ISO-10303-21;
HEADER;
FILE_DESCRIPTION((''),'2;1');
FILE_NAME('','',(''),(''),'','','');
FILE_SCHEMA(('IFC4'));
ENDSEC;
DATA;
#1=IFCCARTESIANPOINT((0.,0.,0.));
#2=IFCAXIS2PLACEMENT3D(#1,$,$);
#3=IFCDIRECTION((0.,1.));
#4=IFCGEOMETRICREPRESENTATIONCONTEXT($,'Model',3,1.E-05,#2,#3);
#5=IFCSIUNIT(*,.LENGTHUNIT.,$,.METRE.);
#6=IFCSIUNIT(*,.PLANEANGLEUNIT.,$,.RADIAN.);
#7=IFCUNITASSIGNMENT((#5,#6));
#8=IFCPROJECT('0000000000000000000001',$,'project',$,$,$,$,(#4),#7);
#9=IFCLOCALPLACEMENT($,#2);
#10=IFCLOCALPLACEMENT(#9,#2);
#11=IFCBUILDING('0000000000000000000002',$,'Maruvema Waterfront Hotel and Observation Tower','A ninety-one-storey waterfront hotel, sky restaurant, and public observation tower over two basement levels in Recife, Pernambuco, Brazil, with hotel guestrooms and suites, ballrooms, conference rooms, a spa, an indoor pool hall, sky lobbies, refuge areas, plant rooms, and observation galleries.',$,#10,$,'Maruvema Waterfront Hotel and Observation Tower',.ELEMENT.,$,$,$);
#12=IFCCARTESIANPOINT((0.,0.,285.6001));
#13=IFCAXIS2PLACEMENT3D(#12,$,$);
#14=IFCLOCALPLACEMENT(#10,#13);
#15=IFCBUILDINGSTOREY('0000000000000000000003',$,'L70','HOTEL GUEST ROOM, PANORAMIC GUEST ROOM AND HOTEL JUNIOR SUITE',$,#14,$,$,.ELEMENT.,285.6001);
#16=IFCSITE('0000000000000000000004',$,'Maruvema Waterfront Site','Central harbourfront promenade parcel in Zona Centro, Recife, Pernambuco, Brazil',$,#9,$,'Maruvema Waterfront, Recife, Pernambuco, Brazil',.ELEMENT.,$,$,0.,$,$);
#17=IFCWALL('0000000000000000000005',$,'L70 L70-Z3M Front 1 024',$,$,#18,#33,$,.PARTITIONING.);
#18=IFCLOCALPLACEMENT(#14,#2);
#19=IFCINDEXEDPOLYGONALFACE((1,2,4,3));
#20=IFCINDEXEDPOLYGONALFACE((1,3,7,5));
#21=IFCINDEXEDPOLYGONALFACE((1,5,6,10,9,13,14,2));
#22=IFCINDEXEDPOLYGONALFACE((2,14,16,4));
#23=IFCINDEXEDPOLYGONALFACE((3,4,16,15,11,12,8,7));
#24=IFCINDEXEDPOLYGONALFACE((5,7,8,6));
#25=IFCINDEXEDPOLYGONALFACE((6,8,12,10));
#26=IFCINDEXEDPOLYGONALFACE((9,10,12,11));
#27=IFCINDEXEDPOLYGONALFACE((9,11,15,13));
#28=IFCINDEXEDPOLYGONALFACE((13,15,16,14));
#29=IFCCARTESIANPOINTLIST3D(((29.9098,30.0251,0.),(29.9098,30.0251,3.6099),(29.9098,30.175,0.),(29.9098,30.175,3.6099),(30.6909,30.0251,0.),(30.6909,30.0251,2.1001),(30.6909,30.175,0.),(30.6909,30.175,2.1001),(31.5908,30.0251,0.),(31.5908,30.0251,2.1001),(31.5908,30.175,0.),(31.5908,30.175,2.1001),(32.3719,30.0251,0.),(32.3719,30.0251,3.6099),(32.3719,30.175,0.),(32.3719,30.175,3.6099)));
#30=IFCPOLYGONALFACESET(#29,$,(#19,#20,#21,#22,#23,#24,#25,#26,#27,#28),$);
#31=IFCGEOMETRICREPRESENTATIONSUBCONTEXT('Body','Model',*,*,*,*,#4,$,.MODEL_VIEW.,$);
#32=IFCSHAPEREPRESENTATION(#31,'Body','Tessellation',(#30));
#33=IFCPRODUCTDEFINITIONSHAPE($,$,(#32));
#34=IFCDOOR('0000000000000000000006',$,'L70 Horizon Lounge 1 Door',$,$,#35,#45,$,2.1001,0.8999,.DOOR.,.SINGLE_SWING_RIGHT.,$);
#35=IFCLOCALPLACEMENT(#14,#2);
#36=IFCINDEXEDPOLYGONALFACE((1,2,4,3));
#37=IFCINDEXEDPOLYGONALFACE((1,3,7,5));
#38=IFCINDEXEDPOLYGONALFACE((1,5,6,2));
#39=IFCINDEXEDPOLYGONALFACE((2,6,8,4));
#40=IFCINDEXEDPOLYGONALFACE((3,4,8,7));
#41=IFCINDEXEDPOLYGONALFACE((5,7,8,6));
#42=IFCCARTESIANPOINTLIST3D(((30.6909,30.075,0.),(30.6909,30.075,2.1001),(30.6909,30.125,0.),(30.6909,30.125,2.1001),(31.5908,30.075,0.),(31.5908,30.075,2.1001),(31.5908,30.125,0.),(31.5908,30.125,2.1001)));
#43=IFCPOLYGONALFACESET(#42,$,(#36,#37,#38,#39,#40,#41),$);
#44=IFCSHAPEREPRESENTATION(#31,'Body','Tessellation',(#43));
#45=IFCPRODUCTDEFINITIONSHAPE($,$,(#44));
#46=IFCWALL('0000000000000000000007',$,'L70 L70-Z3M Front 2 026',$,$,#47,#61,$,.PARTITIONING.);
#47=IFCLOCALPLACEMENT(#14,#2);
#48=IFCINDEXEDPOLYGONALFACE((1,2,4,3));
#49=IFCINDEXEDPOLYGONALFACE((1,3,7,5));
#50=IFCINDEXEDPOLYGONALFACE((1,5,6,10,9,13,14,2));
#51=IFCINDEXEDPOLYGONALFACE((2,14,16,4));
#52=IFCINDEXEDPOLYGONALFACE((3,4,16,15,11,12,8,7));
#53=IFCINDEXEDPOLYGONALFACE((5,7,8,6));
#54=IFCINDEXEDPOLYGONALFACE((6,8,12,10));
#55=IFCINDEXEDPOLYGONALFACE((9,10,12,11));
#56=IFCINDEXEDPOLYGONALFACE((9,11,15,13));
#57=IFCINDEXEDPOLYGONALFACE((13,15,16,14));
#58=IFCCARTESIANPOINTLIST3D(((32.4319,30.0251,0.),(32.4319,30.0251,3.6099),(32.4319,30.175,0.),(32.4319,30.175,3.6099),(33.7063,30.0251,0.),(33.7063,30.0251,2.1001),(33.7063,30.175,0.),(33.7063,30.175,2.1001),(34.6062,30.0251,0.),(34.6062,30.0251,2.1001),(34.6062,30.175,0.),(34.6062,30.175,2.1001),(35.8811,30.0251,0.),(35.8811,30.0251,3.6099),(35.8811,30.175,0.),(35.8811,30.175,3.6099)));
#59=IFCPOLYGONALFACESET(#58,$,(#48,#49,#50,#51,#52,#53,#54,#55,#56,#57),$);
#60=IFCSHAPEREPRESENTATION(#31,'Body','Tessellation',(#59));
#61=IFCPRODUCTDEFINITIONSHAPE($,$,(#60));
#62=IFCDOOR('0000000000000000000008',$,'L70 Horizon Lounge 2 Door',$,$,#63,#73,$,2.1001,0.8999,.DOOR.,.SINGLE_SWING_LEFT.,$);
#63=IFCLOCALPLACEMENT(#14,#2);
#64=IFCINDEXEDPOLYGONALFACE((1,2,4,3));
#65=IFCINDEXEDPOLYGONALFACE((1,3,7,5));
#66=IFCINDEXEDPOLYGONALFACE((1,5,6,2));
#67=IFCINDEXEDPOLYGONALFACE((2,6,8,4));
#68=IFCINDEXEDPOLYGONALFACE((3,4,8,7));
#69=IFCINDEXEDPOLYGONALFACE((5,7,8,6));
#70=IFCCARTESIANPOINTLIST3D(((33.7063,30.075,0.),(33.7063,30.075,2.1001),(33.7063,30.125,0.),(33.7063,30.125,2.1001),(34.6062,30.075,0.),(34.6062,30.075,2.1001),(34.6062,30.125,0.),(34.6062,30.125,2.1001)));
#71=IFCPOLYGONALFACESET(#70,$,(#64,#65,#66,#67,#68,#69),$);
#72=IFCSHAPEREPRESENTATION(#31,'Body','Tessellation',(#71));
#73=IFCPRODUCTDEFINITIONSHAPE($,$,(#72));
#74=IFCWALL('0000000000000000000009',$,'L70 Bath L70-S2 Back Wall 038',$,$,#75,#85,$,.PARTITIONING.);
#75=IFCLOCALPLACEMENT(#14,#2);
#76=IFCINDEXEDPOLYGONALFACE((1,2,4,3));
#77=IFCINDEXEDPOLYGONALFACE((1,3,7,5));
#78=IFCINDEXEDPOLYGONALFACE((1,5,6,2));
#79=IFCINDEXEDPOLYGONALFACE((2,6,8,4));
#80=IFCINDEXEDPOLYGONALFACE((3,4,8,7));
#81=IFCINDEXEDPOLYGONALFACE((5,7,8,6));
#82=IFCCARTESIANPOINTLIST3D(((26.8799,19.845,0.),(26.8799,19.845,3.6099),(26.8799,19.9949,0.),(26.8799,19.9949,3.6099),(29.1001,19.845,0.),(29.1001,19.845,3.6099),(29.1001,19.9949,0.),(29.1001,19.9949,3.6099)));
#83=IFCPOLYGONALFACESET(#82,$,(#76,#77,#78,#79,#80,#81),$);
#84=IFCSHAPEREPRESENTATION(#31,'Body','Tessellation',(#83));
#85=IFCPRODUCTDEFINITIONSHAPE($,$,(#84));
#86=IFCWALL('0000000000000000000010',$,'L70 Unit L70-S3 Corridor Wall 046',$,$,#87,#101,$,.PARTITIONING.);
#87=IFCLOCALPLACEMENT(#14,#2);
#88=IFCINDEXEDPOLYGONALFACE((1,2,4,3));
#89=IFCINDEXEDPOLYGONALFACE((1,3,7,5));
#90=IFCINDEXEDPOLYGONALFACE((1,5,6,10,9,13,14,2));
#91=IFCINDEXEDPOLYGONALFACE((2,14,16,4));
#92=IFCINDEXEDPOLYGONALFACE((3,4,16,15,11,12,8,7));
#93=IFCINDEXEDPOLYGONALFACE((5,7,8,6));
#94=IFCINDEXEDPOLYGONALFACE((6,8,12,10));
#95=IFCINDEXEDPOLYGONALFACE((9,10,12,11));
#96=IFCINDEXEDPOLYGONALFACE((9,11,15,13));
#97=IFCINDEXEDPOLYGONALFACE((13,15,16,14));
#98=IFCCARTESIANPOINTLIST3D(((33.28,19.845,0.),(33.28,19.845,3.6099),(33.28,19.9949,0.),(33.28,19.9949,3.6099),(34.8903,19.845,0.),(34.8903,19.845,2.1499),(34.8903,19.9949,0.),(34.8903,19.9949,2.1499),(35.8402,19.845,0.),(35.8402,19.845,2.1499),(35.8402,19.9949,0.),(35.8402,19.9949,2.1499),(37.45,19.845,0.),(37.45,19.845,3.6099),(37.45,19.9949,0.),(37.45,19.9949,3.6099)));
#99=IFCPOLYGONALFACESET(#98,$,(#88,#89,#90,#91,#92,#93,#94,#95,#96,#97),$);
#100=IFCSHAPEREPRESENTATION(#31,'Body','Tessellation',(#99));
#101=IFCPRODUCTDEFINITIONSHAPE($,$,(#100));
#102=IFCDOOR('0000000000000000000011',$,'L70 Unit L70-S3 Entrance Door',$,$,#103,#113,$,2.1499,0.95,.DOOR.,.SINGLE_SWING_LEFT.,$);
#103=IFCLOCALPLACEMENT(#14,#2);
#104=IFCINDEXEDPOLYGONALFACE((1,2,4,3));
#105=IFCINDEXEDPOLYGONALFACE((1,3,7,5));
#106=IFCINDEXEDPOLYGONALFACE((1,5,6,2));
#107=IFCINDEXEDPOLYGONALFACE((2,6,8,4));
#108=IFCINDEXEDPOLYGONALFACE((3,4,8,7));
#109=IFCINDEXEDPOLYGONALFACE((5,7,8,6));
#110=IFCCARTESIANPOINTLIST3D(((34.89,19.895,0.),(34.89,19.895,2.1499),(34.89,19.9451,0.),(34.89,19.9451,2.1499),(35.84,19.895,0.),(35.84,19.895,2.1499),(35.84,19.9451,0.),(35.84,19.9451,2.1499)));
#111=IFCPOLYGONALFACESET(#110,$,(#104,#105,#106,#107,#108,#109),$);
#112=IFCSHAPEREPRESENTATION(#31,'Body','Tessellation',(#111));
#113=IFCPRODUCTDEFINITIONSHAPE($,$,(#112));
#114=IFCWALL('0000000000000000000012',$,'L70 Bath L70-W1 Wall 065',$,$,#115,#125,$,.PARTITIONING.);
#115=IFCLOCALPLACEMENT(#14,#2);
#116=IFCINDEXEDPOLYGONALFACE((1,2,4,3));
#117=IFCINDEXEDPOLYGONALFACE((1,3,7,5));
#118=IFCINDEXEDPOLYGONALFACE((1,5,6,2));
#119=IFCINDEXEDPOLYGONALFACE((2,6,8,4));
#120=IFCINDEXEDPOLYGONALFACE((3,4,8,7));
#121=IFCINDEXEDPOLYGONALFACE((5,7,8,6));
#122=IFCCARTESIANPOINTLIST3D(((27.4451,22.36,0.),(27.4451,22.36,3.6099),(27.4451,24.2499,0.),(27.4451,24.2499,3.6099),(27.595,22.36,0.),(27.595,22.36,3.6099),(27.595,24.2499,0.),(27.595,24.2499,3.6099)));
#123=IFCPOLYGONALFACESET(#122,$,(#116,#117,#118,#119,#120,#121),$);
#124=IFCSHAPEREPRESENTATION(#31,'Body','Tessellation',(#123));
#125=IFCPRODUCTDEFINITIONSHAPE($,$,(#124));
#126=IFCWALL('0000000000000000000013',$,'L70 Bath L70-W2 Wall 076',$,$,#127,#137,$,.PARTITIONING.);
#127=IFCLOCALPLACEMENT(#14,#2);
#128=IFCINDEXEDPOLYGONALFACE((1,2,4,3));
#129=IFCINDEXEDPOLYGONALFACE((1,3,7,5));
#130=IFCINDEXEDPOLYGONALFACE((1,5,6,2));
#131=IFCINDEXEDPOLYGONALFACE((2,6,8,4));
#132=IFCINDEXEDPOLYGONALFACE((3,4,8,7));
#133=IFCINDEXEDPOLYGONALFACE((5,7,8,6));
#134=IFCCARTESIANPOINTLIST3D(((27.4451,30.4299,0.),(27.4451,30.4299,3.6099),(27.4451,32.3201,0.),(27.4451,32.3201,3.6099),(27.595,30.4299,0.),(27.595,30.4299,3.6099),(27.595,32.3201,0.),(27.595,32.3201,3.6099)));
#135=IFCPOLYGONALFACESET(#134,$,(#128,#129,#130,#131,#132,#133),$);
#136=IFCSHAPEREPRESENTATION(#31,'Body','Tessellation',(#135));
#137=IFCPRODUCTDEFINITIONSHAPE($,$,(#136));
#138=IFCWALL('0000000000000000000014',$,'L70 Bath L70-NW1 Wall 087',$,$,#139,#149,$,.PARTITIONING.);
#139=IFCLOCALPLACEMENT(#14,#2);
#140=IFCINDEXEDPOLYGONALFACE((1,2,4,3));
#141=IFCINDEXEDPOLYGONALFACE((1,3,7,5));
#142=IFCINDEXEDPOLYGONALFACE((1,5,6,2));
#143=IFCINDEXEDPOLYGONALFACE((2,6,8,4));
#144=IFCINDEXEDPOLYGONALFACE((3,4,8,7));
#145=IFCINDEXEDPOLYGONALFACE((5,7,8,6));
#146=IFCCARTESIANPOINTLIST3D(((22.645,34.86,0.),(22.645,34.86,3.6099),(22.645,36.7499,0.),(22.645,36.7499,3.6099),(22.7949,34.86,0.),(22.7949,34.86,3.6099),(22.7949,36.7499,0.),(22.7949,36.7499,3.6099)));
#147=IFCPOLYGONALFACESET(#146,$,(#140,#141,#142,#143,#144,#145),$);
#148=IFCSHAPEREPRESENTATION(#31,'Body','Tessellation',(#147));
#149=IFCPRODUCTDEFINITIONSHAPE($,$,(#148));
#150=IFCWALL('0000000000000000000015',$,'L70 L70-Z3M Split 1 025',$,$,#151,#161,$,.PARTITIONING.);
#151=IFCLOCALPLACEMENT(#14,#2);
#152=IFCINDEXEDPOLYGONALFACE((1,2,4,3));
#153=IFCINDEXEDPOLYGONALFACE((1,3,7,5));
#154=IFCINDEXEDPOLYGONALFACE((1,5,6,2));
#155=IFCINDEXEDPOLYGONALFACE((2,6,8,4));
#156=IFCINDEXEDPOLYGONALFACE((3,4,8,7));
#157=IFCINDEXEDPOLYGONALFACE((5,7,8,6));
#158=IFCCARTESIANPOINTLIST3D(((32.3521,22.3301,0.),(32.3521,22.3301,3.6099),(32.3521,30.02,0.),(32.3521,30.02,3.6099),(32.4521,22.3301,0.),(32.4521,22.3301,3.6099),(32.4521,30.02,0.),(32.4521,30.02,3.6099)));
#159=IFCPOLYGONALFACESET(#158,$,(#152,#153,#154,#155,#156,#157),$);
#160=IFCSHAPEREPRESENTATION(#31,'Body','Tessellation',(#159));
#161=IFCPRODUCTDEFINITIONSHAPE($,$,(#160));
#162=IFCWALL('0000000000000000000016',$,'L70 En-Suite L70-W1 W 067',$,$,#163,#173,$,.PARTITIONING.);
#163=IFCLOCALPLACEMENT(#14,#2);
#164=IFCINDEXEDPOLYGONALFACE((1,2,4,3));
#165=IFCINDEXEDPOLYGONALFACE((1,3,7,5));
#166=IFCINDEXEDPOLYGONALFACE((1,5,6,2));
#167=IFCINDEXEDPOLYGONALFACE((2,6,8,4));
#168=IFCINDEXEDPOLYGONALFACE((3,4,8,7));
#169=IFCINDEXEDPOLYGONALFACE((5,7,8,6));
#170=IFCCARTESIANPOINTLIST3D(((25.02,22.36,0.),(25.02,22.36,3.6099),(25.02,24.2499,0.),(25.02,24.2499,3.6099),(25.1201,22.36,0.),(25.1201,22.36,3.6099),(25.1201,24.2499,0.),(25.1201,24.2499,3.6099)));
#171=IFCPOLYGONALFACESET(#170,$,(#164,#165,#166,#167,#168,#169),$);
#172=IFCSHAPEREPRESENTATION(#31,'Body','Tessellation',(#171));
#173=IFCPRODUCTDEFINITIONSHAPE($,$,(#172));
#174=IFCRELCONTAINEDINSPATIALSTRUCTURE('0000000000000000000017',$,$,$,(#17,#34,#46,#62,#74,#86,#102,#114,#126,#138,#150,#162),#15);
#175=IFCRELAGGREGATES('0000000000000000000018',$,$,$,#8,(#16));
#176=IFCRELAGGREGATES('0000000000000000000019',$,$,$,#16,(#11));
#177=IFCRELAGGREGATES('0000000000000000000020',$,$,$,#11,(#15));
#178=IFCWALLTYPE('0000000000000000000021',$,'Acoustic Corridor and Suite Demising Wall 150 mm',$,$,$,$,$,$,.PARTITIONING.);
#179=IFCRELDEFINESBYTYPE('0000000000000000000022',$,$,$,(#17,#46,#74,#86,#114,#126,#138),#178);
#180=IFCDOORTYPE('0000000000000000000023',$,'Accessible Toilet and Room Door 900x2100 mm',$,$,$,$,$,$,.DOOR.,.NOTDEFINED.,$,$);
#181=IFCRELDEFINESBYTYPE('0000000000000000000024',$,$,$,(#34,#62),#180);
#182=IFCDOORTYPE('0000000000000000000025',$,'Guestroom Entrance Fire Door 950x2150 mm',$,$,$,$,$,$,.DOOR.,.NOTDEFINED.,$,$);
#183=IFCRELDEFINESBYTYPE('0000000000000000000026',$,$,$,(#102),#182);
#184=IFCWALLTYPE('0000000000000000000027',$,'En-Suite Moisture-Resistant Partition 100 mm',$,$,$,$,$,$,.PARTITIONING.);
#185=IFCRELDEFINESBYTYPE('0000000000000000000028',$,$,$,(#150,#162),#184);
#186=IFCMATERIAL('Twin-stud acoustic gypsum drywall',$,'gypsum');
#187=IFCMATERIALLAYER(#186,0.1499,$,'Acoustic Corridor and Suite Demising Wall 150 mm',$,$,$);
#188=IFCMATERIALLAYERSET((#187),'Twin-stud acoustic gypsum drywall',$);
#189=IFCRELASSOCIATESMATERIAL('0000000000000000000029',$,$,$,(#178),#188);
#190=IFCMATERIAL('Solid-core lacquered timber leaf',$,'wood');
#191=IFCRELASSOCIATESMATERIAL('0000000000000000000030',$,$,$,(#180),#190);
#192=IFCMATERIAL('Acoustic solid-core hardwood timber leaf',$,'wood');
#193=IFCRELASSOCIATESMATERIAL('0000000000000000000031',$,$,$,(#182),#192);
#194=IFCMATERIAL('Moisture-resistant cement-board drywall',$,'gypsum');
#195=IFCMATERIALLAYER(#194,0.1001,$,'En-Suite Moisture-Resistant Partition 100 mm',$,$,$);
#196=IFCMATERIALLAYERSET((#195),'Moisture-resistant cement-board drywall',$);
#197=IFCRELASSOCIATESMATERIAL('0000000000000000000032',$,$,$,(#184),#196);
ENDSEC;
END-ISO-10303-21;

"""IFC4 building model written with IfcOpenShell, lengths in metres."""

from ifc_helpers import new_model, si_unit, direction, frame, frame_2d, origin, place, context, subcontext, project, spatial, rectangle, extrude, material, layer, layer_set, type_object, element, fill, save


model = new_model("IFC4")

# Units and contexts
model_context = context("Model", 3, precision=1e-05, world=origin(), true_north=direction((0.0, 1.0)))
body_context = subcontext(model_context, "Body", "Model", "MODEL_VIEW")
ifc_project = project(units=[si_unit("LENGTHUNIT", "METRE"), si_unit("PLANEANGLEUNIT", "RADIAN")], contexts=[model_context])

# Site, building, storey
site_placement = place(None, origin())
site = spatial("IfcSite", under=ifc_project, at=site_placement, Name="Maruvema Waterfront Site", Description="Central harbourfront promenade parcel in Zona Centro, Recife, Pernambuco, Brazil", LongName="Maruvema Waterfront, Recife, Pernambuco, Brazil", CompositionType="ELEMENT", RefElevation=0.0)
building_placement = place(site_placement, origin())
building = spatial("IfcBuilding", under=site, at=building_placement, Name="Maruvema Waterfront Hotel and Observation Tower", Description="A ninety-one-storey waterfront hotel, sky restaurant, and public observation tower over two basement levels in Recife, Pernambuco, Brazil, with hotel guestrooms and suites, ballrooms, conference rooms, a spa, an indoor pool hall, sky lobbies, refuge areas, plant rooms, and observation galleries.", LongName="Maruvema Waterfront Hotel and Observation Tower", CompositionType="ELEMENT")
storey_placement = place(building_placement, frame((0.0, 0.0, 285.6001)))
storey = spatial("IfcBuildingStorey", under=building, at=storey_placement, Name="L70", Description="HOTEL GUEST ROOM, PANORAMIC GUEST ROOM AND HOTEL JUNIOR SUITE", CompositionType="ELEMENT", Elevation=285.6001)

# Shared definitions
ifc_material_1 = material(Name="Twin-stud acoustic gypsum drywall", Category="gypsum")
ifc_layer_1 = layer(ifc_material_1, 0.1499, Name="Acoustic Corridor and Suite Demising Wall 150 mm")
ifc_layer_set_1 = layer_set([ifc_layer_1], Name="Twin-stud acoustic gypsum drywall")
wall_type_1 = type_object("IfcWallType", Name="Acoustic Corridor and Suite Demising Wall 150 mm", PredefinedType="PARTITIONING", material=ifc_layer_set_1)

# Walls, openings, doors
wall_1_placement = place(storey_placement, frame((29.9099, 30.1001, 0.0), z_axis=(0.0, 0.0, 1.0), x_axis=(1.0, 0.0, 0.0)))
wall_1 = element("IfcWall", 1, at=wall_1_placement, inside=storey, type_object=wall_type_1, Name="L70 L70-Z3M Front 1 024", PredefinedType="PARTITIONING", context=body_context, shape_type="SweptSolid", body=[
    extrude(rectangle(XDim=2.4622, YDim=0.1499, at=frame_2d((1.231, 0.0))), origin(), (0.0, 0.0, 1.0), 3.6099),
])
opening_1_placement = place(wall_1_placement, frame((0.781, 0.0, 0.0)))
opening_1 = element("IfcOpeningElement", 2, at=opening_1_placement, cuts=wall_1, PredefinedType="OPENING", context=body_context, shape_type="SweptSolid", body=[
    extrude(rectangle(XDim=0.8999, YDim=2.1001, at=frame_2d((0.45, 1.05))), frame((0.0, 0.085, 0.0), z_axis=(0.0, -1.0, 0.0), x_axis=(1.0, 0.0, 0.0)), (0.0, 0.0, 1.0), 0.1699),
])
ifc_material_2 = material(Name="Solid-core lacquered timber leaf", Category="wood")
door_type_1 = type_object("IfcDoorType", Name="Accessible Toilet and Room Door 900x2100 mm", OperationType="NOTDEFINED", PredefinedType="DOOR", material=ifc_material_2)
door_1_placement = place(opening_1_placement, origin())
door_1 = element("IfcDoor", 3, at=door_1_placement, inside=storey, type_object=door_type_1, Name="L70 Horizon Lounge 1 Door", OperationType="SINGLE_SWING_RIGHT", OverallHeight=2.1001, OverallWidth=0.8999, PredefinedType="DOOR", context=body_context, shape_type="SweptSolid", body=[
    extrude(rectangle(XDim=0.8999, YDim=2.1001, at=frame_2d((0.45, 1.05))), frame((0.0, 0.0249, 0.0), z_axis=(0.0, -1.0, 0.0), x_axis=(1.0, 0.0, 0.0)), (0.0, 0.0, 1.0), 0.05),
])
fill(opening_1, door_1)
wall_2_placement = place(storey_placement, frame((32.4319, 30.1001, 0.0), z_axis=(0.0, 0.0, 1.0), x_axis=(1.0, 0.0, 0.0)))
wall_2 = element("IfcWall", 4, at=wall_2_placement, inside=storey, type_object=wall_type_1, Name="L70 L70-Z3M Front 2 026", PredefinedType="PARTITIONING", context=body_context, shape_type="SweptSolid", body=[
    extrude(rectangle(XDim=3.4492, YDim=0.1499, at=frame_2d((1.7246, 0.0))), origin(), (0.0, 0.0, 1.0), 3.6099),
])
opening_2_placement = place(wall_2_placement, frame((1.2744, 0.0, 0.0)))
opening_2 = element("IfcOpeningElement", 5, at=opening_2_placement, cuts=wall_2, PredefinedType="OPENING", context=body_context, shape_type="SweptSolid", body=[
    extrude(rectangle(XDim=0.8999, YDim=2.1001, at=frame_2d((0.45, 1.05))), frame((0.0, 0.085, 0.0), z_axis=(0.0, -1.0, 0.0), x_axis=(1.0, 0.0, 0.0)), (0.0, 0.0, 1.0), 0.1699),
])
door_2_placement = place(opening_2_placement, origin())
door_2 = element("IfcDoor", 6, at=door_2_placement, inside=storey, type_object=door_type_1, Name="L70 Horizon Lounge 2 Door", OperationType="SINGLE_SWING_LEFT", OverallHeight=2.1001, OverallWidth=0.8999, PredefinedType="DOOR", context=body_context, shape_type="SweptSolid", body=[
    extrude(rectangle(XDim=0.8999, YDim=2.1001, at=frame_2d((0.45, 1.05))), frame((0.0, 0.0249, 0.0), z_axis=(0.0, -1.0, 0.0), x_axis=(1.0, 0.0, 0.0)), (0.0, 0.0, 1.0), 0.05),
])
fill(opening_2, door_2)
ifc_material_3 = material(Name="Acoustic solid-core hardwood timber leaf", Category="wood")
door_type_2 = type_object("IfcDoorType", Name="Guestroom Entrance Fire Door 950x2150 mm", OperationType="NOTDEFINED", PredefinedType="DOOR", material=ifc_material_3)

# Wall
wall_3_placement = place(storey_placement, frame((26.8799, 19.9199, 0.0), z_axis=(0.0, 0.0, 1.0), x_axis=(1.0, 0.0, 0.0)))
element("IfcWall", 7, at=wall_3_placement, inside=storey, type_object=wall_type_1, Name="L70 Bath L70-S2 Back Wall 038", PredefinedType="PARTITIONING", context=body_context, shape_type="SweptSolid", body=[
    extrude(rectangle(XDim=2.2202, YDim=0.1499, at=frame_2d((1.1101, 0.0))), origin(), (0.0, 0.0, 1.0), 3.6099),
])

# Wall, opening, door
wall_4_placement = place(storey_placement, frame((33.28, 19.9199, 0.0), z_axis=(0.0, 0.0, 1.0), x_axis=(1.0, 0.0, 0.0)))
wall_4 = element("IfcWall", 8, at=wall_4_placement, inside=storey, type_object=wall_type_1, Name="L70 Unit L70-S3 Corridor Wall 046", PredefinedType="PARTITIONING", context=body_context, shape_type="SweptSolid", body=[
    extrude(rectangle(XDim=4.1699, YDim=0.1499, at=frame_2d((2.085, 0.0))), origin(), (0.0, 0.0, 1.0), 3.6099),
])
opening_3_placement = place(wall_4_placement, frame((1.6101, 0.0, 0.0)))
opening_3 = element("IfcOpeningElement", 9, at=opening_3_placement, cuts=wall_4, PredefinedType="OPENING", context=body_context, shape_type="SweptSolid", body=[
    extrude(rectangle(XDim=0.95, YDim=2.1499, at=frame_2d((0.4751, 1.075))), frame((0.0, 0.085, 0.0), z_axis=(0.0, -1.0, 0.0), x_axis=(1.0, 0.0, 0.0)), (0.0, 0.0, 1.0), 0.1699),
])
door_3_placement = place(opening_3_placement, frame((0.95, 0.0, 0.0), z_axis=(0.0, 0.0, 1.0), x_axis=(-1.0, 0.0, 0.0)))
door_3 = element("IfcDoor", 10, at=door_3_placement, inside=storey, type_object=door_type_2, Name="L70 Unit L70-S3 Entrance Door", OperationType="SINGLE_SWING_LEFT", OverallHeight=2.1499, OverallWidth=0.95, PredefinedType="DOOR", context=body_context, shape_type="SweptSolid", body=[
    extrude(rectangle(XDim=0.95, YDim=2.1499, at=frame_2d((0.4751, 1.075))), frame((0.0, 0.0249, 0.0), z_axis=(0.0, -1.0, 0.0), x_axis=(1.0, 0.0, 0.0)), (0.0, 0.0, 1.0), 0.05),
])
fill(opening_3, door_3)

# Wall
wall_5_placement = place(storey_placement, frame((27.52, 22.3601, 0.0), z_axis=(0.0, 0.0, 1.0), x_axis=(0.0, 1.0, 0.0)))
element("IfcWall", 11, at=wall_5_placement, inside=storey, type_object=wall_type_1, Name="L70 Bath L70-W1 Wall 065", PredefinedType="PARTITIONING", context=body_context, shape_type="SweptSolid", body=[
    extrude(rectangle(XDim=1.8899, YDim=0.1499, at=frame_2d((0.9448, 0.0))), origin(), (0.0, 0.0, 1.0), 3.6099),
])

# Walls
wall_6_placement = place(storey_placement, frame((27.52, 30.4299, 0.0), z_axis=(0.0, 0.0, 1.0), x_axis=(0.0, 1.0, 0.0)))
element("IfcWall", 12, at=wall_6_placement, inside=storey, type_object=wall_type_1, Name="L70 Bath L70-W2 Wall 076", PredefinedType="PARTITIONING", context=body_context, shape_type="SweptSolid", body=[
    extrude(rectangle(XDim=1.8901, YDim=0.1499, at=frame_2d((0.9451, 0.0))), origin(), (0.0, 0.0, 1.0), 3.6099),
])
wall_7_placement = place(storey_placement, frame((22.72, 34.8601, 0.0), z_axis=(0.0, 0.0, 1.0), x_axis=(0.0, 1.0, 0.0)))
element("IfcWall", 13, at=wall_7_placement, inside=storey, type_object=wall_type_1, Name="L70 Bath L70-NW1 Wall 087", PredefinedType="PARTITIONING", context=body_context, shape_type="SweptSolid", body=[
    extrude(rectangle(XDim=1.8899, YDim=0.1499, at=frame_2d((0.9448, 0.0))), origin(), (0.0, 0.0, 1.0), 3.6099),
])
ifc_material_4 = material(Name="Moisture-resistant cement-board drywall", Category="gypsum")
ifc_layer_2 = layer(ifc_material_4, 0.1001, Name="En-Suite Moisture-Resistant Partition 100 mm")
ifc_layer_set_2 = layer_set([ifc_layer_2], Name="Moisture-resistant cement-board drywall")
wall_type_2 = type_object("IfcWallType", Name="En-Suite Moisture-Resistant Partition 100 mm", PredefinedType="PARTITIONING", material=ifc_layer_set_2)
wall_8_placement = place(storey_placement, frame((32.4021, 22.3301, 0.0), z_axis=(0.0, 0.0, 1.0), x_axis=(0.0, 1.0, 0.0)))
element("IfcWall", 14, at=wall_8_placement, inside=storey, type_object=wall_type_2, Name="L70 L70-Z3M Split 1 025", PredefinedType="PARTITIONING", context=body_context, shape_type="SweptSolid", body=[
    extrude(rectangle(XDim=7.6899, YDim=0.1001, at=frame_2d((3.845, 0.0))), origin(), (0.0, 0.0, 1.0), 3.6099),
])
wall_9_placement = place(storey_placement, frame((25.0701, 22.3601, 0.0), z_axis=(0.0, 0.0, 1.0), x_axis=(0.0, 1.0, 0.0)))
element("IfcWall", 15, at=wall_9_placement, inside=storey, type_object=wall_type_2, Name="L70 En-Suite L70-W1 W 067", PredefinedType="PARTITIONING", context=body_context, shape_type="SweptSolid", body=[
    extrude(rectangle(XDim=1.8899, YDim=0.1001, at=frame_2d((0.9448, 0.0))), origin(), (0.0, 0.0, 1.0), 3.6099),
])

save(model, "model.ifc")
